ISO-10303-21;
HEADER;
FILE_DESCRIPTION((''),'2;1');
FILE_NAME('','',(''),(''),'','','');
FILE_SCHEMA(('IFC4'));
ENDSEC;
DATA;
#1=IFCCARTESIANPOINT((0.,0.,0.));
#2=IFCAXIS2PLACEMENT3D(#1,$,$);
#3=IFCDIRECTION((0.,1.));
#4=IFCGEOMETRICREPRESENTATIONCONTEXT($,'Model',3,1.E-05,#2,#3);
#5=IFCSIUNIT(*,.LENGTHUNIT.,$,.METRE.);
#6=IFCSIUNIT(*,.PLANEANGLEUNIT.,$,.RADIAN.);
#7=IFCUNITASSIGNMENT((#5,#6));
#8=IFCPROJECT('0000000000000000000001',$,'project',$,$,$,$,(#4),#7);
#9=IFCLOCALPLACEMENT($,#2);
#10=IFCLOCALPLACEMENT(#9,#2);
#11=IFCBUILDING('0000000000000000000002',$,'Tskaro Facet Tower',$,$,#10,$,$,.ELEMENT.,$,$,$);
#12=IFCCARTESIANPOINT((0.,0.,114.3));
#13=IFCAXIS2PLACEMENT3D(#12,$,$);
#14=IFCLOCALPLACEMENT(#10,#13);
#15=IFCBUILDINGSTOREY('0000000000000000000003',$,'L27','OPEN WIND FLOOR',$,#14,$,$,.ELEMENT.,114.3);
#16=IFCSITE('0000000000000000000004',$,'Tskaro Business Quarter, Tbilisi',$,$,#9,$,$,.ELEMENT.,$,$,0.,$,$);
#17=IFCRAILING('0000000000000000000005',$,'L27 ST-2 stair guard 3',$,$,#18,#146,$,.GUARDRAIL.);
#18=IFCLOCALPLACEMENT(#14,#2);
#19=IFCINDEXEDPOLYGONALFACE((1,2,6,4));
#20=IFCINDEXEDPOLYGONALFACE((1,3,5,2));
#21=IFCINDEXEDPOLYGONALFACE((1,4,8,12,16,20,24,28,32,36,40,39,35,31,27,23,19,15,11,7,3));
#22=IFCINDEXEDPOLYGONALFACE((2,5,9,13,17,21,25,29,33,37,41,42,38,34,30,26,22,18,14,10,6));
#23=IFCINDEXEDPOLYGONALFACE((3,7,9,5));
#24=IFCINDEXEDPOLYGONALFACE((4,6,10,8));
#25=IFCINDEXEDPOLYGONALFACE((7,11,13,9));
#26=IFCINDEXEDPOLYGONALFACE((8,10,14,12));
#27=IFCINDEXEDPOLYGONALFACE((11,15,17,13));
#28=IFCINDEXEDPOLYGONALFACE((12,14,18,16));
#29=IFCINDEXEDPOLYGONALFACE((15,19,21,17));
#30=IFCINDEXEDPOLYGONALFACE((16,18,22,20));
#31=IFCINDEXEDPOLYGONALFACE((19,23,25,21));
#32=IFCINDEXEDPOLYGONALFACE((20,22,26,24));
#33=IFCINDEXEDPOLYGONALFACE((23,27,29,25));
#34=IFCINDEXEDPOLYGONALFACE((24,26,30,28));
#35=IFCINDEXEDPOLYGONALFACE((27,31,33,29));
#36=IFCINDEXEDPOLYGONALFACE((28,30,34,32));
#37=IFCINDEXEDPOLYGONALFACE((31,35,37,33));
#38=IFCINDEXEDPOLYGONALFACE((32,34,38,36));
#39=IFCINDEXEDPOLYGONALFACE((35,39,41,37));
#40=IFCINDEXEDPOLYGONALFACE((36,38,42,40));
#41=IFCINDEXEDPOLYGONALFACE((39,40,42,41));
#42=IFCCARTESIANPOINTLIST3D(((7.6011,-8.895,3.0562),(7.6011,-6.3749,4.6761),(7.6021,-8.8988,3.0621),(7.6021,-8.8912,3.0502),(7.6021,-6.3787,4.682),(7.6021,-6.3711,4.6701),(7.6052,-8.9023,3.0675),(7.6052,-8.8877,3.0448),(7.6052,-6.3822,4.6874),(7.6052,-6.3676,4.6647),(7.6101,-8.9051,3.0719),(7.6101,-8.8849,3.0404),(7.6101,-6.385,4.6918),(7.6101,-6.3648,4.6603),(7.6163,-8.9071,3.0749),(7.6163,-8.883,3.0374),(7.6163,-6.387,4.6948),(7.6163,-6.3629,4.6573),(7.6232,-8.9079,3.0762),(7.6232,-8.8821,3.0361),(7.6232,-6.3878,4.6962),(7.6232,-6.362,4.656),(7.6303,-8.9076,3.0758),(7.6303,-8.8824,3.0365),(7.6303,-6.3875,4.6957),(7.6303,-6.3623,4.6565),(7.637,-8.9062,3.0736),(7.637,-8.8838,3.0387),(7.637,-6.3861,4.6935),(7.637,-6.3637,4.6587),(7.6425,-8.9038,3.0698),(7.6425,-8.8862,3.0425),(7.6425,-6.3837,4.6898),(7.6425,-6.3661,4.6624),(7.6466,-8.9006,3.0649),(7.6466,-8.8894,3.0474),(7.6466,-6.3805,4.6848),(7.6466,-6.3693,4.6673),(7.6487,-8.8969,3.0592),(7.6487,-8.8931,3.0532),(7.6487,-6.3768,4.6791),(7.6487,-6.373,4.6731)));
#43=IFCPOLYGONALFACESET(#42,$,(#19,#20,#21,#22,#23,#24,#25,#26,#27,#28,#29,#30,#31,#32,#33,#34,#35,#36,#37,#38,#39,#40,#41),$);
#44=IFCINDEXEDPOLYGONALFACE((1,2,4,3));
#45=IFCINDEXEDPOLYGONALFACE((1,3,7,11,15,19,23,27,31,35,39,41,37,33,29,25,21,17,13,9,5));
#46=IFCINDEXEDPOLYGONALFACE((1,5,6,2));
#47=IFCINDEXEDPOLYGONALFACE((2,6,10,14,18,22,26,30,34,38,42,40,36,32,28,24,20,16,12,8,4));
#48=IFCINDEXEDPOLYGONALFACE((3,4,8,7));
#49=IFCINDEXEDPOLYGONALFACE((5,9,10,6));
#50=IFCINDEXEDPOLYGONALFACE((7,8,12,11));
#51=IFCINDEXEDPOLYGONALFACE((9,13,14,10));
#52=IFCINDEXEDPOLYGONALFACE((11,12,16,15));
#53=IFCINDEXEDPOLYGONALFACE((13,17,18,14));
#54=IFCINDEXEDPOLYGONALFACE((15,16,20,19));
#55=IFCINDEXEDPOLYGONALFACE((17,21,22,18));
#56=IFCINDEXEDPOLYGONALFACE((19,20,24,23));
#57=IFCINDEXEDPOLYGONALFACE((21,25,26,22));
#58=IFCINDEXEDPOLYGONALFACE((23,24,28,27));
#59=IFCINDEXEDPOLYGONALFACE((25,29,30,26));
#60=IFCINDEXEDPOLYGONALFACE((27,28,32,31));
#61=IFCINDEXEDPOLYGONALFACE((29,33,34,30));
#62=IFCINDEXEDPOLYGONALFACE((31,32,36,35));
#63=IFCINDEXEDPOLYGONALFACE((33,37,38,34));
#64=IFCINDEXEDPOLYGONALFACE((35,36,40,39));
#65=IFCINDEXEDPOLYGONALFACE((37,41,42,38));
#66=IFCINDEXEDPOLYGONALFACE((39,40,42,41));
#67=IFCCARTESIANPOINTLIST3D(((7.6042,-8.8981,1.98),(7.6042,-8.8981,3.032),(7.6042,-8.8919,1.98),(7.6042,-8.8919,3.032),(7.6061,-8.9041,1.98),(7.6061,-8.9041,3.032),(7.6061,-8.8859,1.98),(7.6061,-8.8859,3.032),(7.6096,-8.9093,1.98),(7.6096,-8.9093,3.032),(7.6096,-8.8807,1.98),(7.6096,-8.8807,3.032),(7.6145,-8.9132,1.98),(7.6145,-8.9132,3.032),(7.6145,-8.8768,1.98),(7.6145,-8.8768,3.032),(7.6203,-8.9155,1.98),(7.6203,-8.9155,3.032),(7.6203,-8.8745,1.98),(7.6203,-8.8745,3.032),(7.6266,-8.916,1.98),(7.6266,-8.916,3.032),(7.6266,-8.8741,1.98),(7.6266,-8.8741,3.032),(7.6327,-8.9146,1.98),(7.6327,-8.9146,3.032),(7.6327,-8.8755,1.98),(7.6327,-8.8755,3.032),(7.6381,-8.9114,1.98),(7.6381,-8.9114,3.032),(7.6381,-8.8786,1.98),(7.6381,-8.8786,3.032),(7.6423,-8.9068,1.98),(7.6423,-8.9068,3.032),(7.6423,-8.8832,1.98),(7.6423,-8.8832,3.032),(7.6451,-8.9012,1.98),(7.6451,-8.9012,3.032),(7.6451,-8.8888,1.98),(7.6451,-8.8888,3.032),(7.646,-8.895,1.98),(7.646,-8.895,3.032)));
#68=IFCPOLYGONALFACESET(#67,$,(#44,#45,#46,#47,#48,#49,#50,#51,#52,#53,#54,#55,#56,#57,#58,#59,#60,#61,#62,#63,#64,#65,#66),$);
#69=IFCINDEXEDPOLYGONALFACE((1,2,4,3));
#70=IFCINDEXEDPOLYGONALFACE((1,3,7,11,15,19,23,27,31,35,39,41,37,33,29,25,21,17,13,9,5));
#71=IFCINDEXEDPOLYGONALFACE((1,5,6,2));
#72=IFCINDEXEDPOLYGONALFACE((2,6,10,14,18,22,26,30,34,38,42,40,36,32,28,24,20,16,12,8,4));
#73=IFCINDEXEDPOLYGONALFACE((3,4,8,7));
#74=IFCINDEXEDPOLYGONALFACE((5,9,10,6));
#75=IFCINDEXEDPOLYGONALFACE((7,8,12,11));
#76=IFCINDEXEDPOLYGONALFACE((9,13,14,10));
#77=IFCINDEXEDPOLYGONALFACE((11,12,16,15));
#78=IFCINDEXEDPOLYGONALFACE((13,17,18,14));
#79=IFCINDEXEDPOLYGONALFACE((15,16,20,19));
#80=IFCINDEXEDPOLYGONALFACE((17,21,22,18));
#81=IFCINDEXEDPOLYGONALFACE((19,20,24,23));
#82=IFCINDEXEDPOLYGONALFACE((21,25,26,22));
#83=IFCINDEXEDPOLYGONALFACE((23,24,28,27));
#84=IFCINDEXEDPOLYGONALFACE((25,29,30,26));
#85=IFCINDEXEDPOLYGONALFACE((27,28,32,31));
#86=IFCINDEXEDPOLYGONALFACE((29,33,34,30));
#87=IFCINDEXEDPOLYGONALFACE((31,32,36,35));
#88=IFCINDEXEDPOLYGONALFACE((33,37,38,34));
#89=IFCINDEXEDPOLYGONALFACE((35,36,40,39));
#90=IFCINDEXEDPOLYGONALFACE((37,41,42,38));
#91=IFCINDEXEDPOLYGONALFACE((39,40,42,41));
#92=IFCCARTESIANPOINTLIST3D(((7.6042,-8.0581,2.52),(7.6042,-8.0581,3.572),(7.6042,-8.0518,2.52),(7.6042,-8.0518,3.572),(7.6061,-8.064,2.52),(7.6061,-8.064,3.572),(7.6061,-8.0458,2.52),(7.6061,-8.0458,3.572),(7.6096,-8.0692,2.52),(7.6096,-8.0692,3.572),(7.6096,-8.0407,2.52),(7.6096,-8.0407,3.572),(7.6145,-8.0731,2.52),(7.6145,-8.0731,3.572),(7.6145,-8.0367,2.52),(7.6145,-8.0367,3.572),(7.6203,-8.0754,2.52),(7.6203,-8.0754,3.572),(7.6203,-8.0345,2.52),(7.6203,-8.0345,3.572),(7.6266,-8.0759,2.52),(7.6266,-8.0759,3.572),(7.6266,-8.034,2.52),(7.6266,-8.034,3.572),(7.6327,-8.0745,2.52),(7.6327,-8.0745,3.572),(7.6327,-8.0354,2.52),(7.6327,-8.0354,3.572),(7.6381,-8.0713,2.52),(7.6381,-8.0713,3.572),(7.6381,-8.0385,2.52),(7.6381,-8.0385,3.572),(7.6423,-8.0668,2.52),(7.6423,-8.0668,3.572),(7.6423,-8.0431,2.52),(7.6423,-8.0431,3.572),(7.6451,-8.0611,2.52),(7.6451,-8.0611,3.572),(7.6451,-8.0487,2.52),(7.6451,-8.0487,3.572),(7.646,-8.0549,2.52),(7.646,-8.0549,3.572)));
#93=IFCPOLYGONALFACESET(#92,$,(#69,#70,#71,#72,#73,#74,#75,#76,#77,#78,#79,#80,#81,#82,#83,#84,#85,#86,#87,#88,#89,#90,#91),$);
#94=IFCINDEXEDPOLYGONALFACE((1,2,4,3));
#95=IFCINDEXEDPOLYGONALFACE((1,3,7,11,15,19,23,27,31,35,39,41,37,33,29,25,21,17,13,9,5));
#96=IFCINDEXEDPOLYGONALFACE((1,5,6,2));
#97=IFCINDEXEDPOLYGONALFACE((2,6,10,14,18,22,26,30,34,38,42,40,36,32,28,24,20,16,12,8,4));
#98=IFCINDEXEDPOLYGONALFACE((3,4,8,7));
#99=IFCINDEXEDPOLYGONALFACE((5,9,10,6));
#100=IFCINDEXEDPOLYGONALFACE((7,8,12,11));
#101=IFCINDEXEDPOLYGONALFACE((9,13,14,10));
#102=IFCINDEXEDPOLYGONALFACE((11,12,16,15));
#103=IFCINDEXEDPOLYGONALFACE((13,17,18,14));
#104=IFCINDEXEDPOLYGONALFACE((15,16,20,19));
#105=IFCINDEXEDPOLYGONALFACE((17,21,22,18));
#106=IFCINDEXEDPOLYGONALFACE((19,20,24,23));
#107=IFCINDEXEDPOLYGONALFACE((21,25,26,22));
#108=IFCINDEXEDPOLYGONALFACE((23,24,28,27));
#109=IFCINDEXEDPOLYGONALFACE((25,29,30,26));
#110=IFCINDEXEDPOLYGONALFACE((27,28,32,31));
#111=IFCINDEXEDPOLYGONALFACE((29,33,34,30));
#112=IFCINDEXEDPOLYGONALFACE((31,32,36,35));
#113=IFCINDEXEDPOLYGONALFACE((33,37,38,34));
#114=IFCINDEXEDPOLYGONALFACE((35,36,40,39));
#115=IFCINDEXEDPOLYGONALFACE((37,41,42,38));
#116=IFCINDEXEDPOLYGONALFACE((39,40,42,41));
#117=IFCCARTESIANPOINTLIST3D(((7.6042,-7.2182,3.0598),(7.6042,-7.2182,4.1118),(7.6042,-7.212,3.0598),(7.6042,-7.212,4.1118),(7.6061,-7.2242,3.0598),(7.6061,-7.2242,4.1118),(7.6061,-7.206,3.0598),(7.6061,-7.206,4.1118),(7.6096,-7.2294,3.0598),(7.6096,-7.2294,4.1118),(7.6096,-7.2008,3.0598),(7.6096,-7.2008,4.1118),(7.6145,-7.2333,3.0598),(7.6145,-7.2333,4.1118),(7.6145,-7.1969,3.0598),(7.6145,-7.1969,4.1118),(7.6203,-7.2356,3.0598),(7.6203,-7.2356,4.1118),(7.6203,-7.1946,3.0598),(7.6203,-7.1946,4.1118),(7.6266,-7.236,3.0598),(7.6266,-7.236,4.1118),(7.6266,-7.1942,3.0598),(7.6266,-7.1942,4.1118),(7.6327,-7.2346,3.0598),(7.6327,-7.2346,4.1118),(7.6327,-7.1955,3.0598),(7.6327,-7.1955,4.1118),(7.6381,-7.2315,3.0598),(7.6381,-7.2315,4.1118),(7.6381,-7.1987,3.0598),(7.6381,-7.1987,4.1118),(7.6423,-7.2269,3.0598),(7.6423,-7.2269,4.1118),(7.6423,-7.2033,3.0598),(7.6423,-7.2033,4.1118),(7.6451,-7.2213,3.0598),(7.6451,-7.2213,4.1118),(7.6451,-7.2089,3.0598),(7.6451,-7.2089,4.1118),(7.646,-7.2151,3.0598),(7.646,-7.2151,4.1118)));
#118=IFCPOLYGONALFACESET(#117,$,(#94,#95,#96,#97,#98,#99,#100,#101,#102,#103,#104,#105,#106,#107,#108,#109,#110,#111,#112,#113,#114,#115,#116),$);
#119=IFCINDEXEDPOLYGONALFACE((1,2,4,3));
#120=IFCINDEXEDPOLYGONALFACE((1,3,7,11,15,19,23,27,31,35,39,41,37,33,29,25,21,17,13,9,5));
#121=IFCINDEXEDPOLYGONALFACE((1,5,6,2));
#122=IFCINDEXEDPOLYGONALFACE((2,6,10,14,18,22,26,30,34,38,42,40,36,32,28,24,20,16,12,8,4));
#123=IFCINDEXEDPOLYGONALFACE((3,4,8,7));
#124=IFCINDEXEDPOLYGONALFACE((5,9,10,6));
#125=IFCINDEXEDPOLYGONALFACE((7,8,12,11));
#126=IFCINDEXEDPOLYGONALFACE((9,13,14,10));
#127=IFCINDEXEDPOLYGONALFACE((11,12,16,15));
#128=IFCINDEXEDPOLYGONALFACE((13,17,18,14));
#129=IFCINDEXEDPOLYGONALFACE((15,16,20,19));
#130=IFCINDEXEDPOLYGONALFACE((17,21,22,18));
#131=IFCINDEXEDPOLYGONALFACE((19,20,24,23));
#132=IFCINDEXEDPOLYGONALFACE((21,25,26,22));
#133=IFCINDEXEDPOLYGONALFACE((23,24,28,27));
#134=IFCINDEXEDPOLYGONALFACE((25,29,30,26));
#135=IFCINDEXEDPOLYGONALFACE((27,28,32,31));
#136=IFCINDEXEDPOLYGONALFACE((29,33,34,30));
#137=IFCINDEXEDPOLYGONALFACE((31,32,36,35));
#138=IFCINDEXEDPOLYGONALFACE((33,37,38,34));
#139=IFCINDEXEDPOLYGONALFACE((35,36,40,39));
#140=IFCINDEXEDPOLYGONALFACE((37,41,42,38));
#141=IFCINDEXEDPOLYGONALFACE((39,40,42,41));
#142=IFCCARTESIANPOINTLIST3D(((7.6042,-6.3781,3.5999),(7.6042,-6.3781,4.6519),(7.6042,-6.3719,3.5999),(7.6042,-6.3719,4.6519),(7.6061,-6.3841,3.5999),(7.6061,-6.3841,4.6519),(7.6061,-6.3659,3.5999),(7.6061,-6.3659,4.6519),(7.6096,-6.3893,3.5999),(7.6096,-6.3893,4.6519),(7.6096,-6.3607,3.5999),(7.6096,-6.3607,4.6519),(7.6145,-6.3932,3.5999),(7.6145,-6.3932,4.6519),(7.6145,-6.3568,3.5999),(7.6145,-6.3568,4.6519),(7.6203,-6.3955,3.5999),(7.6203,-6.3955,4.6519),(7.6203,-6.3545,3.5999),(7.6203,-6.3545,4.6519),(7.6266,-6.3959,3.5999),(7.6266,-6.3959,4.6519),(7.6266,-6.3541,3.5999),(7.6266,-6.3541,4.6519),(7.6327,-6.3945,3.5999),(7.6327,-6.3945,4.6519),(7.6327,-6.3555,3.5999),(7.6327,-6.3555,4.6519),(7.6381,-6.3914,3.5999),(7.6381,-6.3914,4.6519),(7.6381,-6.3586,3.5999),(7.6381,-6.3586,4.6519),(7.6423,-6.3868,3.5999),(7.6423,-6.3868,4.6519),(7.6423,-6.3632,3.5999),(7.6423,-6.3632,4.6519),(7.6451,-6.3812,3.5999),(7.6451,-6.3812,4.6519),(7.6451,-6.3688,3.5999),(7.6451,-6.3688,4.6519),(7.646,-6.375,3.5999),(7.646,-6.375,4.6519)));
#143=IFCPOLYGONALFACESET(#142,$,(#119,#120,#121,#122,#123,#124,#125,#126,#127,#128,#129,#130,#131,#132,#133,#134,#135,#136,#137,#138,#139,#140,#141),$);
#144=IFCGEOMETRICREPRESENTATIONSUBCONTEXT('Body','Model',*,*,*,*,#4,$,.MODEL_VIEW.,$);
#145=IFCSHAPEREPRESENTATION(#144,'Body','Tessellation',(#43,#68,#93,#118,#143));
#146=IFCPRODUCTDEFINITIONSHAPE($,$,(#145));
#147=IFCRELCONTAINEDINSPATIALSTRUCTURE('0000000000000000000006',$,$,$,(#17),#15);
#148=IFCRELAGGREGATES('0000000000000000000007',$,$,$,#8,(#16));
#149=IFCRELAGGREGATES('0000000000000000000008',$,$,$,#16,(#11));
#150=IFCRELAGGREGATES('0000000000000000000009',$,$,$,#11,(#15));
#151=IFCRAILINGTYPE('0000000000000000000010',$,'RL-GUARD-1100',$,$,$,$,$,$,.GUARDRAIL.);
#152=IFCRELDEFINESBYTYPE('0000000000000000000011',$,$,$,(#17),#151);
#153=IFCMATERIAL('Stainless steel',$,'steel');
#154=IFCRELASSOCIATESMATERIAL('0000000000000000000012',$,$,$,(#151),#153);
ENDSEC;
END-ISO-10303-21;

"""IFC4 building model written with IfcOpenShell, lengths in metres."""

from ifc_helpers import new_model, si_unit, direction, frame, origin, origin_2d, place, context, subcontext, project, spatial, circle, extrude, material, type_object, element, save


model = new_model("IFC4")

# Units and contexts
model_context = context("Model", 3, precision=1e-05, world=origin(), true_north=direction((0.0, 1.0)))
body_context = subcontext(model_context, "Body", "Model", "MODEL_VIEW")
ifc_project = project(units=[si_unit("LENGTHUNIT", "METRE"), si_unit("PLANEANGLEUNIT", "RADIAN")], contexts=[model_context])

# Site, building, storey
site_placement = place(None, origin())
site = spatial("IfcSite", under=ifc_project, at=site_placement, Name="Tskaro Business Quarter, Tbilisi", CompositionType="ELEMENT", RefElevation=0.0)
building_placement = place(site_placement, origin())
building = spatial("IfcBuilding", under=site, at=building_placement, Name="Tskaro Facet Tower", CompositionType="ELEMENT")
storey_placement = place(building_placement, frame((0.0, 0.0, 114.3)))
storey = spatial("IfcBuildingStorey", under=building, at=storey_placement, Name="L27", Description="OPEN WIND FLOOR", CompositionType="ELEMENT", Elevation=114.3)

# Railing
ifc_material_1 = material(Name="Stainless steel", Category="steel")
railing_type_1 = type_object("IfcRailingType", Name="RL-GUARD-1100", PredefinedType="GUARDRAIL", material=ifc_material_1)
railing_1_placement = place(storey_placement, frame((7.625, -8.895, 1.98)))
element("IfcRailing", 1, at=railing_1_placement, inside=storey, type_object=railing_type_1, Name="L27 ST-2 stair guard 3", PredefinedType="GUARDRAIL", context=body_context, shape_type="SweptSolid", body=[
    extrude(circle(Radius=0.0239, at=origin_2d()), frame((0.0, 0.0, 1.0762), z_axis=(0.0, 0.8412, 0.540725), x_axis=(-1.0, 0.0, 0.0)), (0.0, 0.0, 1.0), 2.9958),
    extrude(circle(Radius=0.021, at=origin_2d()), origin(), (0.0, 0.0, 1.0), 1.052),
    extrude(circle(Radius=0.021, at=origin_2d()), frame((0.0, 0.8401, 0.54)), (0.0, 0.0, 1.0), 1.052),
    extrude(circle(Radius=0.021, at=origin_2d()), frame((0.0, 1.6799, 1.0798)), (0.0, 0.0, 1.0), 1.052),
    extrude(circle(Radius=0.021, at=origin_2d()), frame((0.0, 2.52, 1.6199)), (0.0, 0.0, 1.0), 1.052),
])

save(model, "model.ifc")
